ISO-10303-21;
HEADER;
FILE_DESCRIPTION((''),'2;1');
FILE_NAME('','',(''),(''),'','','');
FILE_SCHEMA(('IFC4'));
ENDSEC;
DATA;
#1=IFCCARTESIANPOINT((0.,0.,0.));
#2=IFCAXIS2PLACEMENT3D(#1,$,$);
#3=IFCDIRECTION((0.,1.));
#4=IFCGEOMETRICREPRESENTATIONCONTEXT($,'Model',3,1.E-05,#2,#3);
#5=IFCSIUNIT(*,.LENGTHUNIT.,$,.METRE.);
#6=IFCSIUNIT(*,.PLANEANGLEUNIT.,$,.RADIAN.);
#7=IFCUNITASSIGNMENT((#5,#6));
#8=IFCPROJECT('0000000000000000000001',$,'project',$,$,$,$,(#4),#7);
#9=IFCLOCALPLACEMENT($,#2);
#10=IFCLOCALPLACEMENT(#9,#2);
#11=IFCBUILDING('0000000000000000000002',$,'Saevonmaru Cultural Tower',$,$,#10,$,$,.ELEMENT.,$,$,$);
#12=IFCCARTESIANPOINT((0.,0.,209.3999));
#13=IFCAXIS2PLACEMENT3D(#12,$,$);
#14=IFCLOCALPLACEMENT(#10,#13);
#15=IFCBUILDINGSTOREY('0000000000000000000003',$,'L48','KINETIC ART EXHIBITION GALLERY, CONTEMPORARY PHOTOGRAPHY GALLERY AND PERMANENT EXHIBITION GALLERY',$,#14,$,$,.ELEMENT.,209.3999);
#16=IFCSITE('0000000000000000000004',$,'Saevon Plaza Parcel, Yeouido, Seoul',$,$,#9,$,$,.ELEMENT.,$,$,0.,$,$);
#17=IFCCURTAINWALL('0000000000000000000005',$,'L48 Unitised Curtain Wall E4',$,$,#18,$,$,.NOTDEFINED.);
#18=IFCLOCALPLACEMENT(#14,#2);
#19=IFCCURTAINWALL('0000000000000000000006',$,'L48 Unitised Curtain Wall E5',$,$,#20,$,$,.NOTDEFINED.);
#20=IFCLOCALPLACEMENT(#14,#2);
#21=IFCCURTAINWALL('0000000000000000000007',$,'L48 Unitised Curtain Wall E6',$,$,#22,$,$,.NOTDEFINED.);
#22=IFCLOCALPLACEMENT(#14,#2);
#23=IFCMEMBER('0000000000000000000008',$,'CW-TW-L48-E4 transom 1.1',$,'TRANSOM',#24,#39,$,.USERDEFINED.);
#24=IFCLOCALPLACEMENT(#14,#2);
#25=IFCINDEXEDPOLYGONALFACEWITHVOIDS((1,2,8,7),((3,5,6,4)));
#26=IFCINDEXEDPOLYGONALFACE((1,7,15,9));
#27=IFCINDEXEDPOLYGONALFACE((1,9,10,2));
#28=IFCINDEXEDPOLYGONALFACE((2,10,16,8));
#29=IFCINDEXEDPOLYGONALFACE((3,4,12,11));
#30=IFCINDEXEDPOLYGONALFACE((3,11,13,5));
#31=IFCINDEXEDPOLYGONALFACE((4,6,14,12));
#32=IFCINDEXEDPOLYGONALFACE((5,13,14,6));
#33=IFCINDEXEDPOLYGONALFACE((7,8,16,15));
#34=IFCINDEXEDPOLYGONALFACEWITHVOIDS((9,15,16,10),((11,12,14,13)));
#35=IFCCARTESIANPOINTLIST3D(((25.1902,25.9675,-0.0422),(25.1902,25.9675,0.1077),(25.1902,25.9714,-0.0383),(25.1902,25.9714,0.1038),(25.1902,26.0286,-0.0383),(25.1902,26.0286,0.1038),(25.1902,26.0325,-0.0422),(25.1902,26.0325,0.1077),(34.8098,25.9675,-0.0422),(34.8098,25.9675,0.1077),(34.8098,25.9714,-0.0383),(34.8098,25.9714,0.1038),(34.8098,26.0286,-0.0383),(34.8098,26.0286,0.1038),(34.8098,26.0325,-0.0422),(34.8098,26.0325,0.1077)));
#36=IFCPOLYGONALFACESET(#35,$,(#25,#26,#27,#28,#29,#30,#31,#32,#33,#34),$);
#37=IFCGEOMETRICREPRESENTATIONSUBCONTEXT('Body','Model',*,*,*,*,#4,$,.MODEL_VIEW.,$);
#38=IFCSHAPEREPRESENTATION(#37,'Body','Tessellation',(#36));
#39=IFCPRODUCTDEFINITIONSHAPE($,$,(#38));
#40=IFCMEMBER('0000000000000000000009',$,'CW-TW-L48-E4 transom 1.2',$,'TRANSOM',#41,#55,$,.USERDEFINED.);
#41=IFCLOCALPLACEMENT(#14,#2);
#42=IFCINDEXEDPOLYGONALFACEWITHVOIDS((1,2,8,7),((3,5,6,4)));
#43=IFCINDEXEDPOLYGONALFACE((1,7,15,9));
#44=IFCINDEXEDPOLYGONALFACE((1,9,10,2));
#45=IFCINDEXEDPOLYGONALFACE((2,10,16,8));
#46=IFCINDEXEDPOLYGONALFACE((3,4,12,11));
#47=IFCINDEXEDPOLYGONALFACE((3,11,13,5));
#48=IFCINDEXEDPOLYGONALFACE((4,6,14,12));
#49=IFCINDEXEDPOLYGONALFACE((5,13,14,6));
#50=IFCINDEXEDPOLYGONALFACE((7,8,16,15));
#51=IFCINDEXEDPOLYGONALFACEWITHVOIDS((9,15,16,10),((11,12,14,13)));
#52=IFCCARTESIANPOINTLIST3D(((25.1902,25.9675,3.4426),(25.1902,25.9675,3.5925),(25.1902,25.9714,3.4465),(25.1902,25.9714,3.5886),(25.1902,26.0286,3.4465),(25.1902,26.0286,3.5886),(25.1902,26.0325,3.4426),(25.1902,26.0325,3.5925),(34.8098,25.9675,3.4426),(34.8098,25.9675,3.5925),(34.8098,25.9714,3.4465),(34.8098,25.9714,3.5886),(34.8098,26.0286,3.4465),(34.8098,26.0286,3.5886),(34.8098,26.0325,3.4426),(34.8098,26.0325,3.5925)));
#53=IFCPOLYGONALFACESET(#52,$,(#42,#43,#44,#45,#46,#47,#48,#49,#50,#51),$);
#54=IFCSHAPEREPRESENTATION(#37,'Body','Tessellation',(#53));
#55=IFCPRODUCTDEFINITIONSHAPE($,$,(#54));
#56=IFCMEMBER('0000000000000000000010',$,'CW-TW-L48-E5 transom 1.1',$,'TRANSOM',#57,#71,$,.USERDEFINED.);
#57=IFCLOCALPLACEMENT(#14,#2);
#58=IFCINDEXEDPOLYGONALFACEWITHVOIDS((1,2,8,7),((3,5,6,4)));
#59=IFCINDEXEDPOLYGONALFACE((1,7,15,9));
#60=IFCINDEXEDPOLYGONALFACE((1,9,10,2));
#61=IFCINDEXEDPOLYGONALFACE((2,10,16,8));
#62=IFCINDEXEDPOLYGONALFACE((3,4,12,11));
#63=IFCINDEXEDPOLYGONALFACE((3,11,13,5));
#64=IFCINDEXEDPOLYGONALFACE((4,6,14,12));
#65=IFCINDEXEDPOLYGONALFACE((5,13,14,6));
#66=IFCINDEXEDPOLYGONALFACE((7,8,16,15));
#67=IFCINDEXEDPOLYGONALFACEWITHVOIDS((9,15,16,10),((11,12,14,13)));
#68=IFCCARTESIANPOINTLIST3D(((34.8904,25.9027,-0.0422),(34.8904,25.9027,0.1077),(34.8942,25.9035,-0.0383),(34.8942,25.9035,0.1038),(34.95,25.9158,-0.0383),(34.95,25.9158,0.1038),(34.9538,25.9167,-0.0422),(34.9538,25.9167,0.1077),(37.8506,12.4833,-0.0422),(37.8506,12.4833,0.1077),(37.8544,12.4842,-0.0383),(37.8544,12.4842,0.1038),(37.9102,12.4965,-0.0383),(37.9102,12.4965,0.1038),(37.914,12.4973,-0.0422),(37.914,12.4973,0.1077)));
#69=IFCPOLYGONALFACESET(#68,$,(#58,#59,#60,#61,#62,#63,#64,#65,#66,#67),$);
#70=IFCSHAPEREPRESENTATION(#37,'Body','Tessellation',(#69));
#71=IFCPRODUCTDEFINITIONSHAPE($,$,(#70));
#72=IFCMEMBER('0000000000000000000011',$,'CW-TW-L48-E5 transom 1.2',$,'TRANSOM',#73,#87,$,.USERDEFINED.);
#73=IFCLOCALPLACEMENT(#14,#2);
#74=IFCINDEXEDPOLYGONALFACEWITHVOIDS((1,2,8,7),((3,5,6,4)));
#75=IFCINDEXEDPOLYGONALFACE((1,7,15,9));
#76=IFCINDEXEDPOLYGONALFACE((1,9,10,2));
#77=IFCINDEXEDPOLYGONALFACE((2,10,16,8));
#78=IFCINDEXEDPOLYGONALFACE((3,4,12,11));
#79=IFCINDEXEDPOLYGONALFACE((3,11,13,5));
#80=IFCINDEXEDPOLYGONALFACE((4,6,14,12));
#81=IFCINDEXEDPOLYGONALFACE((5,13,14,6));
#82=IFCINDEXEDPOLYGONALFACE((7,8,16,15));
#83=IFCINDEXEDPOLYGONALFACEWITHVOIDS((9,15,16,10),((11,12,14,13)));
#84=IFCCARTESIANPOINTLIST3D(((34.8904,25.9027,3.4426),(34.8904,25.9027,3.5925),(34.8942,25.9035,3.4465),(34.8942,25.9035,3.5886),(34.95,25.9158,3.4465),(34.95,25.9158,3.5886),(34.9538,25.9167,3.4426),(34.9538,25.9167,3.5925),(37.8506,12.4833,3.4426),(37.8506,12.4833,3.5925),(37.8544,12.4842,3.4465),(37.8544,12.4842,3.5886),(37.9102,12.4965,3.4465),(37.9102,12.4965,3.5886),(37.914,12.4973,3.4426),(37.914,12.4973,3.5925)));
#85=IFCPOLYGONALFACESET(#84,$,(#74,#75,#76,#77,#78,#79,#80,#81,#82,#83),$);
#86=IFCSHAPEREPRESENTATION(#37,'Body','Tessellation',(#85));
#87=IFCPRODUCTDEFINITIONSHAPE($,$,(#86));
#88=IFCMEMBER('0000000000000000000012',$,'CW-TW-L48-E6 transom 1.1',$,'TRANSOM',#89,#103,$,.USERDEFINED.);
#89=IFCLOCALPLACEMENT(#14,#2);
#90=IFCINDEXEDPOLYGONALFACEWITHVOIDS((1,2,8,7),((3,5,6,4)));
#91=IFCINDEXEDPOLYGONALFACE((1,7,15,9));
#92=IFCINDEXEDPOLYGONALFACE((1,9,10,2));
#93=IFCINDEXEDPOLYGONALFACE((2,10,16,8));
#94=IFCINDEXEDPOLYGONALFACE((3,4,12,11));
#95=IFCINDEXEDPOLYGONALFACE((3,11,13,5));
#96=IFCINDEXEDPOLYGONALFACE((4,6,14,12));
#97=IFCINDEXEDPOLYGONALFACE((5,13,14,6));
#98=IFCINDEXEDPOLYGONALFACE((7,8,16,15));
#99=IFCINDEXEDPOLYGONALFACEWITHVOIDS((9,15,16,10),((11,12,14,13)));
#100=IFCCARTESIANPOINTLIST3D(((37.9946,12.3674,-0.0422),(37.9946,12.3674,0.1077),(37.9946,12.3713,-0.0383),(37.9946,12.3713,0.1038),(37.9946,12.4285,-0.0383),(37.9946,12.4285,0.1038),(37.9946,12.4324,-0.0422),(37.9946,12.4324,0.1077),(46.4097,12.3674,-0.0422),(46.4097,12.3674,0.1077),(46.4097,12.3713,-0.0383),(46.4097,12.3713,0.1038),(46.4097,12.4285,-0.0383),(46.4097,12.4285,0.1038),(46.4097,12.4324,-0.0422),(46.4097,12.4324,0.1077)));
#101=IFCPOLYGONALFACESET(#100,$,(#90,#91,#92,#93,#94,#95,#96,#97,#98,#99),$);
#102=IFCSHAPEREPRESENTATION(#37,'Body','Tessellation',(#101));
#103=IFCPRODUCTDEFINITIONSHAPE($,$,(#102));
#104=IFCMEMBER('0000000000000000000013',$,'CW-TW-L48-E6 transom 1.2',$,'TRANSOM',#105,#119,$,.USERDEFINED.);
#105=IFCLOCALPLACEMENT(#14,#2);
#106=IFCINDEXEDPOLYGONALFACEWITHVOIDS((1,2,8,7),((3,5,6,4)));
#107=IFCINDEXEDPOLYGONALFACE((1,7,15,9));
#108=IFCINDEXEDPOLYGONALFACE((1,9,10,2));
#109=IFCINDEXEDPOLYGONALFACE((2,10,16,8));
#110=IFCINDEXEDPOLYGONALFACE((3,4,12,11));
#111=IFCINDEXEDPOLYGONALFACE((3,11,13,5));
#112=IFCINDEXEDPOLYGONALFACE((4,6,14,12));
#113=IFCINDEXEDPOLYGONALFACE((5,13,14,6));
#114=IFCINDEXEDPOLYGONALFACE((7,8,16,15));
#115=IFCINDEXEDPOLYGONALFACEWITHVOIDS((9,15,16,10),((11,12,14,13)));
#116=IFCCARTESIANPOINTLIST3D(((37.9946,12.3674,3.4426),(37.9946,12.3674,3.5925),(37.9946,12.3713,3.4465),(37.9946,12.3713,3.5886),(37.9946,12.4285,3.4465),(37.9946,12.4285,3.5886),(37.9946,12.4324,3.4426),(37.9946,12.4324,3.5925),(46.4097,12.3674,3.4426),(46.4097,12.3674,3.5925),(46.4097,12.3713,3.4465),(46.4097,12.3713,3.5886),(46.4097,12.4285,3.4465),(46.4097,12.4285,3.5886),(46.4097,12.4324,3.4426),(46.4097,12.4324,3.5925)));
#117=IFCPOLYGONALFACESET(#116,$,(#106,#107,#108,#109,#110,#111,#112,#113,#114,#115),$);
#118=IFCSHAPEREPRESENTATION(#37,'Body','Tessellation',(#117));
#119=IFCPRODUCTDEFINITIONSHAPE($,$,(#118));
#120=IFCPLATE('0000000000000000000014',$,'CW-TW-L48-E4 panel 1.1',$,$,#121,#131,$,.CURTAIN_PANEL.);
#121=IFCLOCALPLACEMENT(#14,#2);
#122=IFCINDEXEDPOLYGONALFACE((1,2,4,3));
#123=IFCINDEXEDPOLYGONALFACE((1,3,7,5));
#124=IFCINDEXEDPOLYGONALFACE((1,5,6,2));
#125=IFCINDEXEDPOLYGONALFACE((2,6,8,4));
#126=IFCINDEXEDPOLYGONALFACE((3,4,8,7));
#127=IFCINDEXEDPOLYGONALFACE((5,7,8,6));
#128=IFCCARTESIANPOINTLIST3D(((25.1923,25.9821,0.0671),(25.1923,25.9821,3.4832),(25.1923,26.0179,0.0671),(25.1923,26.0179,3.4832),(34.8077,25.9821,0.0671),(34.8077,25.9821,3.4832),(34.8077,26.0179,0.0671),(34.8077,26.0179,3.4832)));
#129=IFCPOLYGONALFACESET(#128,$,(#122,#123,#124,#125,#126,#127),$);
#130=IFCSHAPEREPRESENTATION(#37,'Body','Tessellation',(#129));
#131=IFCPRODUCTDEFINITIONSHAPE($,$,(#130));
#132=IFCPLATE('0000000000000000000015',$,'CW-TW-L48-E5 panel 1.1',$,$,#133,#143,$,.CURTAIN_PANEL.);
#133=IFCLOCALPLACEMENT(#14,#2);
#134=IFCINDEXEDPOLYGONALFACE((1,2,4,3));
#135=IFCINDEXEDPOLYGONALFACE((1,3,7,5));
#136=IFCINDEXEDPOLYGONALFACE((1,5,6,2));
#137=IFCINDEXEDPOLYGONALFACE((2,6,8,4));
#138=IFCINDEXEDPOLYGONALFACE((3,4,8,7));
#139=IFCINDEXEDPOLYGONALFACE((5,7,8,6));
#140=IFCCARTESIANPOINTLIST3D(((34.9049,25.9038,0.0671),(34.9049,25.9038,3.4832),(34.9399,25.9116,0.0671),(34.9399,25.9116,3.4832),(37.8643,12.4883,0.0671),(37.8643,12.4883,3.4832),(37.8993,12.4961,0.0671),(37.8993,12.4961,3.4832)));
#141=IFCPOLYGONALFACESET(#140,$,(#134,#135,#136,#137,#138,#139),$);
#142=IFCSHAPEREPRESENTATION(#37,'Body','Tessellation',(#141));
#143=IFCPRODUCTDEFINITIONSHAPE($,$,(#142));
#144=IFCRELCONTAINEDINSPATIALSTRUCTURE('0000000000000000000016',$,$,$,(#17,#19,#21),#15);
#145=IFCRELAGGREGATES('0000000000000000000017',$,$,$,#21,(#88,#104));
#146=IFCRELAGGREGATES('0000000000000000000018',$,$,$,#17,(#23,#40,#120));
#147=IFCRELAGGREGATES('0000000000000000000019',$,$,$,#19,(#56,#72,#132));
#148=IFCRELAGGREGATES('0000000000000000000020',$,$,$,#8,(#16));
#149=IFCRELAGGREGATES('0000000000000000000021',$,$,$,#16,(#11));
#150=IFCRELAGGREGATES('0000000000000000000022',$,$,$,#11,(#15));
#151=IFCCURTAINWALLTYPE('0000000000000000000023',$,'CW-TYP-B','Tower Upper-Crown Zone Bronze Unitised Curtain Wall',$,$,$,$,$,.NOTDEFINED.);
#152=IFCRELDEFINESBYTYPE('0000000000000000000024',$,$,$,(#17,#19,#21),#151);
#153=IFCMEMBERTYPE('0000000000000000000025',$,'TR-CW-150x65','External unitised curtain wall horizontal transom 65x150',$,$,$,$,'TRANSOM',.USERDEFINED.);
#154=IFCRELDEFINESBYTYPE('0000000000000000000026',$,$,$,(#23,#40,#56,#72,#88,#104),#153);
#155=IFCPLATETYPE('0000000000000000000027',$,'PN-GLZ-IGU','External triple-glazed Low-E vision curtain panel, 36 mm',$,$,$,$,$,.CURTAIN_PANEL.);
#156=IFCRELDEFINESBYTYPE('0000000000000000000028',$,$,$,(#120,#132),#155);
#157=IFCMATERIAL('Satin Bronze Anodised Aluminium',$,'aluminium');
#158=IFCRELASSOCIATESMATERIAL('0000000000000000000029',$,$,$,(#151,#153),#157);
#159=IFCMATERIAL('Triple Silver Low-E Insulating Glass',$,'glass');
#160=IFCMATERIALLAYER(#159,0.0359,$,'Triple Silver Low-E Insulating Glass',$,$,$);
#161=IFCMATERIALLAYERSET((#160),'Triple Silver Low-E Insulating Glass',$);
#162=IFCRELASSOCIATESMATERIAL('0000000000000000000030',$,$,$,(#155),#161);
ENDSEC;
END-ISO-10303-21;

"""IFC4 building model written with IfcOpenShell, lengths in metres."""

from ifc_helpers import new_model, si_unit, direction, frame, origin, origin_2d, place, context, subcontext, project, spatial, rectangle, hollow_rectangle, extrude, material, layer, layer_set, material_profile, profile_set, type_object, element, aggregate, save


model = new_model("IFC4")

# Units and contexts
model_context = context("Model", 3, precision=1e-05, world=origin(), true_north=direction((0.0, 1.0)))
body_context = subcontext(model_context, "Body", "Model", "MODEL_VIEW")
ifc_project = project(units=[si_unit("LENGTHUNIT", "METRE"), si_unit("PLANEANGLEUNIT", "RADIAN")], contexts=[model_context])

# Site, building, storey
site_placement = place(None, origin())
site = spatial("IfcSite", under=ifc_project, at=site_placement, Name="Saevon Plaza Parcel, Yeouido, Seoul", CompositionType="ELEMENT", RefElevation=0.0)
building_placement = place(site_placement, origin())
building = spatial("IfcBuilding", under=site, at=building_placement, Name="Saevonmaru Cultural Tower", CompositionType="ELEMENT")
storey_placement = place(building_placement, frame((0.0, 0.0, 209.3999)))
storey = spatial("IfcBuildingStorey", under=building, at=storey_placement, Name="L48", Description="KINETIC ART EXHIBITION GALLERY, CONTEMPORARY PHOTOGRAPHY GALLERY AND PERMANENT EXHIBITION GALLERY", CompositionType="ELEMENT", Elevation=209.3999)

# Curtain wall
ifc_material_1 = material(Name="Satin Bronze Anodised Aluminium", Category="aluminium")
curtain_wall_type = type_object("IfcCurtainWallType", Name="CW-TYP-B", Description="Tower Upper-Crown Zone Bronze Unitised Curtain Wall", PredefinedType="NOTDEFINED", material=ifc_material_1)
curtain_wall_1_placement = place(storey_placement, origin())
curtain_wall_1 = element("IfcCurtainWall", 1, at=curtain_wall_1_placement, inside=storey, type_object=curtain_wall_type, Name="L48 Unitised Curtain Wall E4", PredefinedType="NOTDEFINED")

# Curtain wall
curtain_wall_2_placement = place(storey_placement, origin())
curtain_wall_2 = element("IfcCurtainWall", 2, at=curtain_wall_2_placement, inside=storey, type_object=curtain_wall_type, Name="L48 Unitised Curtain Wall E5", PredefinedType="NOTDEFINED")

# Curtain wall
curtain_wall_3_placement = place(storey_placement, origin())
curtain_wall_3 = element("IfcCurtainWall", 3, at=curtain_wall_3_placement, inside=storey, type_object=curtain_wall_type, Name="L48 Unitised Curtain Wall E6", PredefinedType="NOTDEFINED")

# Members
ifc_material_profile_1 = material_profile(ifc_material_1, hollow_rectangle(XDim=0.0649, YDim=0.1499, WallThickness=0.0039, at=origin_2d()), Name="ALU-TRAN-150x65x4")
ifc_profile_set_1 = profile_set([ifc_material_profile_1], Name="Satin Bronze Anodised Aluminium")
member_type_1 = type_object("IfcMemberType", Name="TR-CW-150x65", Description="External unitised curtain wall horizontal transom 65x150", ElementType="TRANSOM", PredefinedType="USERDEFINED", material=ifc_profile_set_1)
member_1_placement = place(storey_placement, frame((25.1902, 26.0, 0.0327), z_axis=(1.0, 0.0, 0.0), x_axis=(0.0, 1.0, 0.0)))
member_1 = element("IfcMember", 4, at=member_1_placement, type_object=member_type_1, Name="CW-TW-L48-E4 transom 1.1", ObjectType="TRANSOM", PredefinedType="USERDEFINED", context=body_context, shape_type="SweptSolid", body=[
    extrude(hollow_rectangle(XDim=0.0649, YDim=0.1499, WallThickness=0.0039, at=origin_2d()), origin(), (0.0, 0.0, 1.0), 9.6196),
])
member_2_placement = place(storey_placement, frame((25.1902, 26.0, 3.5176), z_axis=(1.0, 0.0, 0.0), x_axis=(0.0, 1.0, 0.0)))
member_2 = element("IfcMember", 5, at=member_2_placement, type_object=member_type_1, Name="CW-TW-L48-E4 transom 1.2", ObjectType="TRANSOM", PredefinedType="USERDEFINED", context=body_context, shape_type="SweptSolid", body=[
    extrude(hollow_rectangle(XDim=0.0649, YDim=0.1499, WallThickness=0.0039, at=origin_2d()), origin(), (0.0, 0.0, 1.0), 9.6196),
])
member_3_placement = place(storey_placement, frame((34.9221, 25.9097, 0.0327), z_axis=(0.215412, -0.976523, 0.0), x_axis=(0.976523, 0.215412, 0.0)))
member_3 = element("IfcMember", 6, at=member_3_placement, type_object=member_type_1, Name="CW-TW-L48-E5 transom 1.1", ObjectType="TRANSOM", PredefinedType="USERDEFINED", context=body_context, shape_type="SweptSolid", body=[
    extrude(hollow_rectangle(XDim=0.0649, YDim=0.1499, WallThickness=0.0039, at=origin_2d()), origin(), (0.0, 0.0, 1.0), 13.7419),
])
member_4_placement = place(storey_placement, frame((34.9221, 25.9097, 3.5176), z_axis=(0.215412, -0.976523, 0.0), x_axis=(0.976523, 0.215412, 0.0)))
member_4 = element("IfcMember", 7, at=member_4_placement, type_object=member_type_1, Name="CW-TW-L48-E5 transom 1.2", ObjectType="TRANSOM", PredefinedType="USERDEFINED", context=body_context, shape_type="SweptSolid", body=[
    extrude(hollow_rectangle(XDim=0.0649, YDim=0.1499, WallThickness=0.0039, at=origin_2d()), origin(), (0.0, 0.0, 1.0), 13.7419),
])
member_5_placement = place(storey_placement, frame((37.9946, 12.3999, 0.0327), z_axis=(1.0, 0.0, 0.0), x_axis=(0.0, 1.0, 0.0)))
member_5 = element("IfcMember", 8, at=member_5_placement, type_object=member_type_1, Name="CW-TW-L48-E6 transom 1.1", ObjectType="TRANSOM", PredefinedType="USERDEFINED", context=body_context, shape_type="SweptSolid", body=[
    extrude(hollow_rectangle(XDim=0.0649, YDim=0.1499, WallThickness=0.0039, at=origin_2d()), origin(), (0.0, 0.0, 1.0), 8.415),
])
member_6_placement = place(storey_placement, frame((37.9946, 12.3999, 3.5176), z_axis=(1.0, 0.0, 0.0), x_axis=(0.0, 1.0, 0.0)))
member_6 = element("IfcMember", 9, at=member_6_placement, type_object=member_type_1, Name="CW-TW-L48-E6 transom 1.2", ObjectType="TRANSOM", PredefinedType="USERDEFINED", context=body_context, shape_type="SweptSolid", body=[
    extrude(hollow_rectangle(XDim=0.0649, YDim=0.1499, WallThickness=0.0039, at=origin_2d()), origin(), (0.0, 0.0, 1.0), 8.415),
])
aggregate(curtain_wall_3, [member_5, member_6])

# Plates
ifc_material_2 = material(Name="Triple Silver Low-E Insulating Glass", Category="glass")
ifc_layer = layer(ifc_material_2, 0.0359, Name="Triple Silver Low-E Insulating Glass")
ifc_layer_set = layer_set([ifc_layer], Name="Triple Silver Low-E Insulating Glass")
plate_type = type_object("IfcPlateType", Name="PN-GLZ-IGU", Description="External triple-glazed Low-E vision curtain panel, 36 mm", PredefinedType="CURTAIN_PANEL", material=ifc_layer_set)
plate_1_placement = place(storey_placement, frame((30.0, 26.0, 0.0671), z_axis=(0.0, 0.0, 1.0), x_axis=(1.0, 0.0, 0.0)))
plate_1 = element("IfcPlate", 10, at=plate_1_placement, type_object=plate_type, Name="CW-TW-L48-E4 panel 1.1", PredefinedType="CURTAIN_PANEL", context=body_context, shape_type="SweptSolid", body=[
    extrude(rectangle(XDim=9.6155, YDim=0.0359, at=origin_2d()), origin(), (0.0, 0.0, 1.0), 3.416),
])
aggregate(curtain_wall_1, [member_1, member_2, plate_1])
plate_2_placement = place(storey_placement, frame((36.4021, 19.2, 0.0671), z_axis=(0.0, 0.0, 1.0), x_axis=(0.215413, -0.976523, 0.0)))
plate_2 = element("IfcPlate", 11, at=plate_2_placement, type_object=plate_type, Name="CW-TW-L48-E5 panel 1.1", PredefinedType="CURTAIN_PANEL", context=body_context, shape_type="SweptSolid", body=[
    extrude(rectangle(XDim=13.738, YDim=0.0359, at=origin_2d()), origin(), (0.0, 0.0, 1.0), 3.416),
])
aggregate(curtain_wall_2, [member_3, member_4, plate_2])

save(model, "model.ifc")
